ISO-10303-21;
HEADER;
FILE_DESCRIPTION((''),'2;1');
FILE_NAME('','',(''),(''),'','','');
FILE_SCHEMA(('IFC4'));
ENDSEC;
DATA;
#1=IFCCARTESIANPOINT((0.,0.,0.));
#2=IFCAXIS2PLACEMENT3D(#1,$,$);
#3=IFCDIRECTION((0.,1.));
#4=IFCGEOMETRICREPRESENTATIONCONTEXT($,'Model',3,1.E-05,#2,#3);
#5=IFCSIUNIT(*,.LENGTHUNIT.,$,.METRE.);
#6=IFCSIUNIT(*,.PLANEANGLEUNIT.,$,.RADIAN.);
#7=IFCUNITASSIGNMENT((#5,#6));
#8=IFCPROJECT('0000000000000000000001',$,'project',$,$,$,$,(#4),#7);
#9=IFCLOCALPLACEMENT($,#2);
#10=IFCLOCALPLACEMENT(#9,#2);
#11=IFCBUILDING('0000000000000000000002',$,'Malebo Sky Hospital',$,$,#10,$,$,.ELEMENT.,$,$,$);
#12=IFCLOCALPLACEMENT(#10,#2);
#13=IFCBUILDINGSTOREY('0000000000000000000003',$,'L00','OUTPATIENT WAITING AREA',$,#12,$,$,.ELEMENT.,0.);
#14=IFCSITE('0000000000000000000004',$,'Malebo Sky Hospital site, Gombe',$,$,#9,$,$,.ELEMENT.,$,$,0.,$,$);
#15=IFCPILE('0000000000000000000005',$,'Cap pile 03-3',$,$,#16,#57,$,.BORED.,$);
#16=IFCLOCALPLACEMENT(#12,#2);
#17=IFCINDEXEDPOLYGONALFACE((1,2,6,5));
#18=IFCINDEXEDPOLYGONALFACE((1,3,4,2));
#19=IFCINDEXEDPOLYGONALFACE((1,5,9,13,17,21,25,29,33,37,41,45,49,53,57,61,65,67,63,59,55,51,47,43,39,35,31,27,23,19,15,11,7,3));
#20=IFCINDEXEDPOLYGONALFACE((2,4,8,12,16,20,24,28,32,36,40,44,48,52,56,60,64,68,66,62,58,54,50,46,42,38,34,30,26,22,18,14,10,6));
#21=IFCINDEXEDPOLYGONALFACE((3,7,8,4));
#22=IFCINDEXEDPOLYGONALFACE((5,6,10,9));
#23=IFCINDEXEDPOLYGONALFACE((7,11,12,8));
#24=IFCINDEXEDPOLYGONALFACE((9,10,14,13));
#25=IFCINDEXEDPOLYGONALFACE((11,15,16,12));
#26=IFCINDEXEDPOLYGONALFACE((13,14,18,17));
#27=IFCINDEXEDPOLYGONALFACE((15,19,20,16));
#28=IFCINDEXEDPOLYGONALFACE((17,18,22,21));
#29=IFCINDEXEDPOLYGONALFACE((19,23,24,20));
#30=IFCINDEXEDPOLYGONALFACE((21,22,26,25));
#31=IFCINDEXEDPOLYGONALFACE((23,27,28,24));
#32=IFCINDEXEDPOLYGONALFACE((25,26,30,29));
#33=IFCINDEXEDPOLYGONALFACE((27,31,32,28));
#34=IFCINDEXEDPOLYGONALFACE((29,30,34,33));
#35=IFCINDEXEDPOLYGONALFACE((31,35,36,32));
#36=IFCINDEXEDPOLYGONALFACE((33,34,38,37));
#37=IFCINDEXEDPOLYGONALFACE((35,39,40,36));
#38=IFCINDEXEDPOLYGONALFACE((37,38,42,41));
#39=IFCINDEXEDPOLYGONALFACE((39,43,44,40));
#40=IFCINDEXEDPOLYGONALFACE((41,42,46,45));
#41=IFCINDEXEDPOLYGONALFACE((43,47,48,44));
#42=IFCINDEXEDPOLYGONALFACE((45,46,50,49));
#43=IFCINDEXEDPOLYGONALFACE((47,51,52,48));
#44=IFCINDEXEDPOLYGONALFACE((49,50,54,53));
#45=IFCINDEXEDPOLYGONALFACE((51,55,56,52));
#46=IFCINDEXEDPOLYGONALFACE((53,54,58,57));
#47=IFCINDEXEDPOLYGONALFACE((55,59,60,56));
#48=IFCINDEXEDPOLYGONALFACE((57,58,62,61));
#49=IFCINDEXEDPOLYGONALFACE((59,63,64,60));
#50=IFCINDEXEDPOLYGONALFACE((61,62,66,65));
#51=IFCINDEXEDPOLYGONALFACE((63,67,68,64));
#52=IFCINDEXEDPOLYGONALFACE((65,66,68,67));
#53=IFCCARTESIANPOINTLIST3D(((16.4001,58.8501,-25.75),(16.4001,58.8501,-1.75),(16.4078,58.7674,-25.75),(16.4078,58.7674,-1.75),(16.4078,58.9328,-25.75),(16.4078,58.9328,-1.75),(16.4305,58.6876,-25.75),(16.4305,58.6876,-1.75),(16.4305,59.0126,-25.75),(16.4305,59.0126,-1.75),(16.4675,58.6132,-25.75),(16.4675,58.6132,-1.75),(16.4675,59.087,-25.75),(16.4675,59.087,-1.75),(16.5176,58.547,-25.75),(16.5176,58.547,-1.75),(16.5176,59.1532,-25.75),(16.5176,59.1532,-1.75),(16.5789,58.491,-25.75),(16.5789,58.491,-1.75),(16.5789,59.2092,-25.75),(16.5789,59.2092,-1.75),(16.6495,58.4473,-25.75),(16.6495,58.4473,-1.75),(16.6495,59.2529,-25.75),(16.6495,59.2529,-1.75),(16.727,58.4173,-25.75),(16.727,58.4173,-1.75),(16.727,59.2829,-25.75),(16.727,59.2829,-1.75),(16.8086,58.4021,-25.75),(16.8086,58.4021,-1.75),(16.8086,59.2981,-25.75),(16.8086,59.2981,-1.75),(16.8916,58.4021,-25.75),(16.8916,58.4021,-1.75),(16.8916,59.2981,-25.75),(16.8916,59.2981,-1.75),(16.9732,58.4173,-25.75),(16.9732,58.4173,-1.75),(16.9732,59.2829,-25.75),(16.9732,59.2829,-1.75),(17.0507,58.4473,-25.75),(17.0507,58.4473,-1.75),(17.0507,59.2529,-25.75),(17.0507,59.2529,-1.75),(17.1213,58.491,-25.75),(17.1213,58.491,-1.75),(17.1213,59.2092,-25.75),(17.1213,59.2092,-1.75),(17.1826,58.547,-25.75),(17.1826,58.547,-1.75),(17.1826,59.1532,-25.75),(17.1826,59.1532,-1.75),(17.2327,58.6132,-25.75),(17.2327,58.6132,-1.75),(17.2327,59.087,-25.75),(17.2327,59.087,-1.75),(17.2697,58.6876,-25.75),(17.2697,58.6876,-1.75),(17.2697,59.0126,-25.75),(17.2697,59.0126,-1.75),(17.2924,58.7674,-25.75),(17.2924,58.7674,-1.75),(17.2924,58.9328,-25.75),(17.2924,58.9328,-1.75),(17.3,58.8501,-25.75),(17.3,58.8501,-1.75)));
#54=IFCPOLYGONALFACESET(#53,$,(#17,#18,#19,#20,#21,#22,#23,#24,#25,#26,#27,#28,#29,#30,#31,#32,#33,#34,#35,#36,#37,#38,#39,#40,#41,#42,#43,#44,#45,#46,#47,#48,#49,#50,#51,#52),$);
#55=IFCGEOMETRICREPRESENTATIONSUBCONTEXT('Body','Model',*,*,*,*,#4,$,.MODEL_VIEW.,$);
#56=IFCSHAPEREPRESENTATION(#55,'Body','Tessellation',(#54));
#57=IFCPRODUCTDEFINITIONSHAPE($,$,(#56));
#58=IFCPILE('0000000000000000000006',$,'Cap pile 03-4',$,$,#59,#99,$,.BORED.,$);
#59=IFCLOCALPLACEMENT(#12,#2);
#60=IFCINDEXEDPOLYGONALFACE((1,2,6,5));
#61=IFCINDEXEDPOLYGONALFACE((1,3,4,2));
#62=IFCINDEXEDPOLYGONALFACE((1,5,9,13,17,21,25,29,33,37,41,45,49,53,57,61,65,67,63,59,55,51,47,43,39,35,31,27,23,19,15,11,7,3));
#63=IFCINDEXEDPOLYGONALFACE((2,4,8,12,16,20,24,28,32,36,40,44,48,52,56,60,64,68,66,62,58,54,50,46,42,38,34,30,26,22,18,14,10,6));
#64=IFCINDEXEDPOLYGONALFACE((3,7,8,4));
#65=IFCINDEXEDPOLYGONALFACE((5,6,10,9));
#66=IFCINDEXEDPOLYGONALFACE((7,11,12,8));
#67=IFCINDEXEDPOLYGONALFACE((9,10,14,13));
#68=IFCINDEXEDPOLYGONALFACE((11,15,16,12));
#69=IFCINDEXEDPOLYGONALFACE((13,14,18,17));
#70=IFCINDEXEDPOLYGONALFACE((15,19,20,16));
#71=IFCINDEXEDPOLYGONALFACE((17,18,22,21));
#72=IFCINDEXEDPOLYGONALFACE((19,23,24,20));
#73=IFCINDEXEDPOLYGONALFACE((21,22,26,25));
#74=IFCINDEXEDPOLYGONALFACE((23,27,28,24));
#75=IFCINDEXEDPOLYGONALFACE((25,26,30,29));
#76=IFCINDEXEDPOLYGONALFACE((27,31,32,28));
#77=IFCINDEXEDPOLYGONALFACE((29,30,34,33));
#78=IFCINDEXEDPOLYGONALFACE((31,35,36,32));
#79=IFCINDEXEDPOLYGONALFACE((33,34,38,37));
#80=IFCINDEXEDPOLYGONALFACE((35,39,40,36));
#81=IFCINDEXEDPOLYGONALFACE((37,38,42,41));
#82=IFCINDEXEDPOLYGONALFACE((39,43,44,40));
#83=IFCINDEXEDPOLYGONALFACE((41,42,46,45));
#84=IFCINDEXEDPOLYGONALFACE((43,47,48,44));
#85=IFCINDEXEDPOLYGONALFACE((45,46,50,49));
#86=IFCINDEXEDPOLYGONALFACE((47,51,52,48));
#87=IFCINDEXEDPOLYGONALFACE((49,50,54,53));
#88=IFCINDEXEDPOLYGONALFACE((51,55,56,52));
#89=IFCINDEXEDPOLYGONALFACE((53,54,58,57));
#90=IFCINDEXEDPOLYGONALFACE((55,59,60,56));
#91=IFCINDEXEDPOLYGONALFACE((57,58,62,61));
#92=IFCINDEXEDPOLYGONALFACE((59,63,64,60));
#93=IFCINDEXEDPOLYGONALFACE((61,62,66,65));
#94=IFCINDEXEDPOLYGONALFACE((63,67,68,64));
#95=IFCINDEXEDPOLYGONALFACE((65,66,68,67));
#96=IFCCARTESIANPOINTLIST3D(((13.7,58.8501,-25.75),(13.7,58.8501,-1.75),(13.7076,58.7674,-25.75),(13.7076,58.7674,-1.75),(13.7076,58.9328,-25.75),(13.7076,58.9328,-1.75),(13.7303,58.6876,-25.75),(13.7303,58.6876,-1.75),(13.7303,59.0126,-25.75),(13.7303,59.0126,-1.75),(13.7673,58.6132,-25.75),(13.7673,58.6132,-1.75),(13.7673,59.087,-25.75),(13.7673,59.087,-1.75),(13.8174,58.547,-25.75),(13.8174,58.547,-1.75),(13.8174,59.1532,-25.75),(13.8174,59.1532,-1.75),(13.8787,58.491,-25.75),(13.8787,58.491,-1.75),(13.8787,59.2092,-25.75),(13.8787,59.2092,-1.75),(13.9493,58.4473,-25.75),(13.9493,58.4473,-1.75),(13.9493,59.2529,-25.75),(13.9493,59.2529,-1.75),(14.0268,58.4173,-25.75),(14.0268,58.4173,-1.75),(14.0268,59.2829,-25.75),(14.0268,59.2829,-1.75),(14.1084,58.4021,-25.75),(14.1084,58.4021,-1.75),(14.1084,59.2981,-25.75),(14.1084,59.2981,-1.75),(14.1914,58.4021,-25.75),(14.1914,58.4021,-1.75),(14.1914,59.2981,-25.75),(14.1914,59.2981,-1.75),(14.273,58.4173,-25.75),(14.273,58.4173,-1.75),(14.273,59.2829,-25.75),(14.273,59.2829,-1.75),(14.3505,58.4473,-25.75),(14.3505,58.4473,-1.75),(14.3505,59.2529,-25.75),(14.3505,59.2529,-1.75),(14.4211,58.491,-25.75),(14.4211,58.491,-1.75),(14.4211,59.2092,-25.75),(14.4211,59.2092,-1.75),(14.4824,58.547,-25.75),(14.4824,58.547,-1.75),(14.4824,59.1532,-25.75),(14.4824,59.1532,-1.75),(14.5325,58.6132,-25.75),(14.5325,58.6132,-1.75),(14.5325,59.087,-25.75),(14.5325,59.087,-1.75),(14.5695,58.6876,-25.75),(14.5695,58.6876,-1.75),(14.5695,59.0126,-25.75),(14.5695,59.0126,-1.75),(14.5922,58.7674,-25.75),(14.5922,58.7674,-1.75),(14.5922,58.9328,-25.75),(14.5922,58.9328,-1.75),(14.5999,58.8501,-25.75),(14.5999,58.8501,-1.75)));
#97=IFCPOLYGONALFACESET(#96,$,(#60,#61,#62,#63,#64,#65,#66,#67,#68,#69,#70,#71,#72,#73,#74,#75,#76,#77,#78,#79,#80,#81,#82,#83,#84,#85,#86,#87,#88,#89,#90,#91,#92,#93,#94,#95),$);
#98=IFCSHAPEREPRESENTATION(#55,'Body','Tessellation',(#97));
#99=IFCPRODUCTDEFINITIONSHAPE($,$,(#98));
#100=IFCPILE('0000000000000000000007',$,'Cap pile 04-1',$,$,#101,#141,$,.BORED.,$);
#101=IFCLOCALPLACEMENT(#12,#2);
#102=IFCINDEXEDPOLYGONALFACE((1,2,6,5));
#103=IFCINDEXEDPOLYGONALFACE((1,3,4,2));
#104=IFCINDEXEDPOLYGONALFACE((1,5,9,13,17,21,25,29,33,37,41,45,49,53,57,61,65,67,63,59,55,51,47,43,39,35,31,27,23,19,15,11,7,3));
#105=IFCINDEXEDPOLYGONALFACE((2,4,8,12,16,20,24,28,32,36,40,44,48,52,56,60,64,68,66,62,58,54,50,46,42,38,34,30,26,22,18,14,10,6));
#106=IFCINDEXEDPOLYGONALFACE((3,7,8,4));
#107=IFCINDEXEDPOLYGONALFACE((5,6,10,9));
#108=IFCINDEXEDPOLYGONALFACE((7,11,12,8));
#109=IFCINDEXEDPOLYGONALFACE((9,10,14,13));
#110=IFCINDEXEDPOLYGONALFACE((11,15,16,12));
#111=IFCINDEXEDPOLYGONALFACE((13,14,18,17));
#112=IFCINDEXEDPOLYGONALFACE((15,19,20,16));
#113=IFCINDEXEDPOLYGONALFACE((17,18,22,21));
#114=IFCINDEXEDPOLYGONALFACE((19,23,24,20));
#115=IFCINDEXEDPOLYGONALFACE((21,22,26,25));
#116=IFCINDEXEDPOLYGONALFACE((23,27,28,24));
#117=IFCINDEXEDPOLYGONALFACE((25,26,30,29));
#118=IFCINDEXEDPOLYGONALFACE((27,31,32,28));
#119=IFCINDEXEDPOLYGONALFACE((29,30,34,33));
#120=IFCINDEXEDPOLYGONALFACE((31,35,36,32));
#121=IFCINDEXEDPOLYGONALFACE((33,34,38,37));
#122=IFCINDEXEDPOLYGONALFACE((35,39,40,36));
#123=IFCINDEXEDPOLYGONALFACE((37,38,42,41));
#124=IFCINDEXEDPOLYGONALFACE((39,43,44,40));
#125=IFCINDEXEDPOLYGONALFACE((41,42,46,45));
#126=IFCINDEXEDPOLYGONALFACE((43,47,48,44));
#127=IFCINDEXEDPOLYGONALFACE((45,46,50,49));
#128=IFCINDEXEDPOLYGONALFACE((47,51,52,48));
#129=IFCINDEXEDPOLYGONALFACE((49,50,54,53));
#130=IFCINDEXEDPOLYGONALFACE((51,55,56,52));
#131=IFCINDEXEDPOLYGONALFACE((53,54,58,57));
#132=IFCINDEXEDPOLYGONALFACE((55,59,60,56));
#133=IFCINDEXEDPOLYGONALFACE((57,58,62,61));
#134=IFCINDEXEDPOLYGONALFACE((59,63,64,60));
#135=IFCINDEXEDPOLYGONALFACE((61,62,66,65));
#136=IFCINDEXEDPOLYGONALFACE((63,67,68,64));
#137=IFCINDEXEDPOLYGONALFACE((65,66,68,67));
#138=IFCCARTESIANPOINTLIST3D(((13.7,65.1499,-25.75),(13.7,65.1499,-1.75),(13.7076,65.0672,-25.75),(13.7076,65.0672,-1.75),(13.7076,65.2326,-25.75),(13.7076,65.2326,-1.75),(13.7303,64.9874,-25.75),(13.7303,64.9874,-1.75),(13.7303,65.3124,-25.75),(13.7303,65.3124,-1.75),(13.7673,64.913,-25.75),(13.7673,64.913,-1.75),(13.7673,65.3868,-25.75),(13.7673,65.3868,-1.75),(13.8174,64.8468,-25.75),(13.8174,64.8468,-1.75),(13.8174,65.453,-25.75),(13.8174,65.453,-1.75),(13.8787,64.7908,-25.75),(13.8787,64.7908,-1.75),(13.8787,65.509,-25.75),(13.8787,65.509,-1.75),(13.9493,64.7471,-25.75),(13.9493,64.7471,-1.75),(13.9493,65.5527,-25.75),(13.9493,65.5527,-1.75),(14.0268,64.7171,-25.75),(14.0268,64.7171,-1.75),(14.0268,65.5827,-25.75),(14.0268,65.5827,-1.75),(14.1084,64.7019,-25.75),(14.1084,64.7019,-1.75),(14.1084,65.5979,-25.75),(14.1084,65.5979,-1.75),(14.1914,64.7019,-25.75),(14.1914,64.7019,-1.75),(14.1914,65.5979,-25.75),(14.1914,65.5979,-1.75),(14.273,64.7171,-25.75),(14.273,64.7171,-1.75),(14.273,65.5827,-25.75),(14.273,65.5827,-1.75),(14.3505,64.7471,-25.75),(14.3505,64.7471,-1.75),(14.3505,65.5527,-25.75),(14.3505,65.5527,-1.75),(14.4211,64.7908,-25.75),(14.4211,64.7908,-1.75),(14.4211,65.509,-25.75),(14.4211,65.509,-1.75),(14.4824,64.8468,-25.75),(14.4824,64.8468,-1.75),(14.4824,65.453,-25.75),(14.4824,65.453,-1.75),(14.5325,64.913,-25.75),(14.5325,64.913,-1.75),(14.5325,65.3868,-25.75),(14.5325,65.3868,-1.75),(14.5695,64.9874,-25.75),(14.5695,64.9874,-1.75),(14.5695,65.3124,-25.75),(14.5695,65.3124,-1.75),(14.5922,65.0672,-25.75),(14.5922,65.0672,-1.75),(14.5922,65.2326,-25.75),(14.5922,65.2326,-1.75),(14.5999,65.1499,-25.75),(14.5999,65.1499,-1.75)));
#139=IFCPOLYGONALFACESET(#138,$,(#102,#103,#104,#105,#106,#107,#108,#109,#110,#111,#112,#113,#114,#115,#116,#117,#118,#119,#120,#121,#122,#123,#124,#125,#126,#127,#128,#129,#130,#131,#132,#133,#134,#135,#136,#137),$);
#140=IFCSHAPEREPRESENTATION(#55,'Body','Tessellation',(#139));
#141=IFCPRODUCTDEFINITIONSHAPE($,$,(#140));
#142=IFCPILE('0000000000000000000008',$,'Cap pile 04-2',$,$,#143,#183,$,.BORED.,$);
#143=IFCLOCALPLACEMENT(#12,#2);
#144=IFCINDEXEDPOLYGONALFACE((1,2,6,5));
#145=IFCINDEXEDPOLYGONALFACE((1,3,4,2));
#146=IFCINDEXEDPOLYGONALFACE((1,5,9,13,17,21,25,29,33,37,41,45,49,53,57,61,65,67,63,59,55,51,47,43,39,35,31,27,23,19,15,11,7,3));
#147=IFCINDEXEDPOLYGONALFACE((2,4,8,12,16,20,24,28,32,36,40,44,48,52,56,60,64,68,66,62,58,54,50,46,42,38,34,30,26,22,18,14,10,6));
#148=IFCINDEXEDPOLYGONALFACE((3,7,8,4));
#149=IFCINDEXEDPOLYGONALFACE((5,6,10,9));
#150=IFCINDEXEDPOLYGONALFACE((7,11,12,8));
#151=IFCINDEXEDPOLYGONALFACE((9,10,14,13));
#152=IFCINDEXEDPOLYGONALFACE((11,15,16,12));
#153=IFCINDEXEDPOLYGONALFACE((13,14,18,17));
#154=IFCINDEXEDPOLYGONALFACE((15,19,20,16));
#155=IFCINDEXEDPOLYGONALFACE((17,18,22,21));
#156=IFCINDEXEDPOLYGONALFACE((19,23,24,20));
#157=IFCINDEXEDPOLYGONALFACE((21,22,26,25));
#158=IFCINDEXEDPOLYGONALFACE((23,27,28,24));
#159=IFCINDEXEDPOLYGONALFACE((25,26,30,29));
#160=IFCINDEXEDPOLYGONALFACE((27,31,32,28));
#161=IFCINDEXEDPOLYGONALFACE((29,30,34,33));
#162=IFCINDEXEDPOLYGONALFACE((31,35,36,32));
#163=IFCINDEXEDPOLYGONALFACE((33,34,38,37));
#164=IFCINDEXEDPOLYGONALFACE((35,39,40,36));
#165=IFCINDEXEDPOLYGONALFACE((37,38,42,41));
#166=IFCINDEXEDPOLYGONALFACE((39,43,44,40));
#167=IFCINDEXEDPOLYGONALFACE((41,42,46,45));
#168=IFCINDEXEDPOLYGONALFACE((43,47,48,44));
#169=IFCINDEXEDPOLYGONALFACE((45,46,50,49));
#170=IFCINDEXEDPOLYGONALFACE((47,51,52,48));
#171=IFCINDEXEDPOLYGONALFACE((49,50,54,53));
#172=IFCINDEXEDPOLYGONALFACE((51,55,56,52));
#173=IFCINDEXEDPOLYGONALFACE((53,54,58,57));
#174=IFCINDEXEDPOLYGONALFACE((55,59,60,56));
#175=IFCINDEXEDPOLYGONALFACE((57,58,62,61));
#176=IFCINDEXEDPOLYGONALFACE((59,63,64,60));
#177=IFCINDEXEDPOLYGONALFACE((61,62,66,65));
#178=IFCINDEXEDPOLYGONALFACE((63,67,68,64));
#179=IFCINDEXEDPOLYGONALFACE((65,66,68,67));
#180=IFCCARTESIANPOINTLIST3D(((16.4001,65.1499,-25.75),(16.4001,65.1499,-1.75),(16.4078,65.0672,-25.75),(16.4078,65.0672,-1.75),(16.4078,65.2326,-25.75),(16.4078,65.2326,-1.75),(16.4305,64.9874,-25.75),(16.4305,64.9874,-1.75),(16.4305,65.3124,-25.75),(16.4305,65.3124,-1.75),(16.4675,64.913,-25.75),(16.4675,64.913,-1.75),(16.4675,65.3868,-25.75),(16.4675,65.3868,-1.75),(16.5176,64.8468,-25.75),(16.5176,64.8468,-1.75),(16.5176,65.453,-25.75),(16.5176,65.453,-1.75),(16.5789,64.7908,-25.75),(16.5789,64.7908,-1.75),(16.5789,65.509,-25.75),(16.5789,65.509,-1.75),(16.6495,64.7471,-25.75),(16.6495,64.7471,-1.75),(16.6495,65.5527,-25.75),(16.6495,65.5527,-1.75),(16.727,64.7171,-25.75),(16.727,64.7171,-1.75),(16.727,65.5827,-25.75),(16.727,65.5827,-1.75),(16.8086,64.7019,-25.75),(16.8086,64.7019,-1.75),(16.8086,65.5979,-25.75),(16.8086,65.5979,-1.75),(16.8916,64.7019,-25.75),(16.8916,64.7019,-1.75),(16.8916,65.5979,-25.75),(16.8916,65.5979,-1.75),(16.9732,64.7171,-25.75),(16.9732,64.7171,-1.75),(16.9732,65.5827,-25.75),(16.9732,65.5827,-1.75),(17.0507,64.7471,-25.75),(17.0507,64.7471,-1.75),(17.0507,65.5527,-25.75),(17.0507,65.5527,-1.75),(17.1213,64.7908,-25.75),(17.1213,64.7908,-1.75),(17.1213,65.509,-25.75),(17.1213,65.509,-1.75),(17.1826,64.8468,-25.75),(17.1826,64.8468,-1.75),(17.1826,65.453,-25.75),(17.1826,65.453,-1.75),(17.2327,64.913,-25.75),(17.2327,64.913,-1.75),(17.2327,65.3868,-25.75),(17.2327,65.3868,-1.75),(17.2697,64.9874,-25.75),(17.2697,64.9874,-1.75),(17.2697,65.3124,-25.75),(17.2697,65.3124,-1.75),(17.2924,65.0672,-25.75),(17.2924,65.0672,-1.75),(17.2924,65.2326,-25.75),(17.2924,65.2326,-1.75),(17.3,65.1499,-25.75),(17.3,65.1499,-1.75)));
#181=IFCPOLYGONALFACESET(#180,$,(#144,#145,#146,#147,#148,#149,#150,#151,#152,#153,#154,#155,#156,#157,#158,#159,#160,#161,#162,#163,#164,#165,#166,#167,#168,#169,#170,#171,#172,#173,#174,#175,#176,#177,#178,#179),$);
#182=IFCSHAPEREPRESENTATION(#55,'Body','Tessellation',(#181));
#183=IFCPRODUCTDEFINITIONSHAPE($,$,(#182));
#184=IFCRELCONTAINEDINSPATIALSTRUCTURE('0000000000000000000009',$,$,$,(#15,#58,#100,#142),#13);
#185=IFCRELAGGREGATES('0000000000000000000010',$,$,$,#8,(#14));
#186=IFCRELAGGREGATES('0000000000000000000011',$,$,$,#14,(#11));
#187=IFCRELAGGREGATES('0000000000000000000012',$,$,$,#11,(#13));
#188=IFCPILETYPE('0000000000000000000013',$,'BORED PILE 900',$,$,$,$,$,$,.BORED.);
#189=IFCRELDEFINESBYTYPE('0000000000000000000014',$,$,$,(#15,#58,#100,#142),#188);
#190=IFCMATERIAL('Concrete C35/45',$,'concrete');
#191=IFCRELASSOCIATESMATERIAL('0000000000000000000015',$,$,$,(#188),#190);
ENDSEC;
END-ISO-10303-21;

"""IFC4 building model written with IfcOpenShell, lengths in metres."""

from ifc_helpers import new_model, si_unit, direction, frame, origin, origin_2d, place, context, subcontext, project, spatial, circle, extrude, material, material_profile, profile_set, type_object, element, save


model = new_model("IFC4")

# Units and contexts
model_context = context("Model", 3, precision=1e-05, world=origin(), true_north=direction((0.0, 1.0)))
body_context = subcontext(model_context, "Body", "Model", "MODEL_VIEW")
ifc_project = project(units=[si_unit("LENGTHUNIT", "METRE"), si_unit("PLANEANGLEUNIT", "RADIAN")], contexts=[model_context])

# Site, building, storey
site_placement = place(None, origin())
site = spatial("IfcSite", under=ifc_project, at=site_placement, Name="Malebo Sky Hospital site, Gombe", CompositionType="ELEMENT", RefElevation=0.0)
building_placement = place(site_placement, origin())
building = spatial("IfcBuilding", under=site, at=building_placement, Name="Malebo Sky Hospital", CompositionType="ELEMENT")
storey_placement = place(building_placement, origin())
storey = spatial("IfcBuildingStorey", under=building, at=storey_placement, Name="L00", Description="OUTPATIENT WAITING AREA", CompositionType="ELEMENT", Elevation=0.0)

# Piles
ifc_material_1 = material(Name="Concrete C35/45", Category="concrete")
ifc_material_profile_1 = material_profile(ifc_material_1, circle(Radius=0.45, at=origin_2d()), Name="BP 900")
ifc_profile_set_1 = profile_set([ifc_material_profile_1], Name="Concrete C35/45")
pile_type = type_object("IfcPileType", Name="BORED PILE 900", PredefinedType="BORED", material=ifc_profile_set_1)
for number, where, z_axis, x_axis, name in (
    (1, (16.8501, 58.8501, -1.75), (0.0, 0.0, -1.0), (1.0, 0.0, 0.0), "Cap pile 03-3"),
    (2, (14.1499, 58.8501, -1.75), (0.0, 0.0, -1.0), (1.0, 0.0, 0.0), "Cap pile 03-4"),
    (3, (14.1499, 65.1499, -1.75), (0.0, 0.0, -1.0), (1.0, 0.0, 0.0), "Cap pile 04-1"),
    (4, (16.8501, 65.1499, -1.75), (0.0, 0.0, -1.0), (1.0, 0.0, 0.0), "Cap pile 04-2"),
):
    element("IfcPile", number, at=place(storey_placement, frame(where, z_axis=z_axis, x_axis=x_axis)), inside=storey, type_object=pile_type, Name=name, PredefinedType="BORED", context=body_context, shape_type="SweptSolid", body=[
        extrude(circle(Radius=0.45, at=origin_2d()), origin(), (0.0, 0.0, 1.0), 24.0),
    ])

save(model, "model.ifc")
